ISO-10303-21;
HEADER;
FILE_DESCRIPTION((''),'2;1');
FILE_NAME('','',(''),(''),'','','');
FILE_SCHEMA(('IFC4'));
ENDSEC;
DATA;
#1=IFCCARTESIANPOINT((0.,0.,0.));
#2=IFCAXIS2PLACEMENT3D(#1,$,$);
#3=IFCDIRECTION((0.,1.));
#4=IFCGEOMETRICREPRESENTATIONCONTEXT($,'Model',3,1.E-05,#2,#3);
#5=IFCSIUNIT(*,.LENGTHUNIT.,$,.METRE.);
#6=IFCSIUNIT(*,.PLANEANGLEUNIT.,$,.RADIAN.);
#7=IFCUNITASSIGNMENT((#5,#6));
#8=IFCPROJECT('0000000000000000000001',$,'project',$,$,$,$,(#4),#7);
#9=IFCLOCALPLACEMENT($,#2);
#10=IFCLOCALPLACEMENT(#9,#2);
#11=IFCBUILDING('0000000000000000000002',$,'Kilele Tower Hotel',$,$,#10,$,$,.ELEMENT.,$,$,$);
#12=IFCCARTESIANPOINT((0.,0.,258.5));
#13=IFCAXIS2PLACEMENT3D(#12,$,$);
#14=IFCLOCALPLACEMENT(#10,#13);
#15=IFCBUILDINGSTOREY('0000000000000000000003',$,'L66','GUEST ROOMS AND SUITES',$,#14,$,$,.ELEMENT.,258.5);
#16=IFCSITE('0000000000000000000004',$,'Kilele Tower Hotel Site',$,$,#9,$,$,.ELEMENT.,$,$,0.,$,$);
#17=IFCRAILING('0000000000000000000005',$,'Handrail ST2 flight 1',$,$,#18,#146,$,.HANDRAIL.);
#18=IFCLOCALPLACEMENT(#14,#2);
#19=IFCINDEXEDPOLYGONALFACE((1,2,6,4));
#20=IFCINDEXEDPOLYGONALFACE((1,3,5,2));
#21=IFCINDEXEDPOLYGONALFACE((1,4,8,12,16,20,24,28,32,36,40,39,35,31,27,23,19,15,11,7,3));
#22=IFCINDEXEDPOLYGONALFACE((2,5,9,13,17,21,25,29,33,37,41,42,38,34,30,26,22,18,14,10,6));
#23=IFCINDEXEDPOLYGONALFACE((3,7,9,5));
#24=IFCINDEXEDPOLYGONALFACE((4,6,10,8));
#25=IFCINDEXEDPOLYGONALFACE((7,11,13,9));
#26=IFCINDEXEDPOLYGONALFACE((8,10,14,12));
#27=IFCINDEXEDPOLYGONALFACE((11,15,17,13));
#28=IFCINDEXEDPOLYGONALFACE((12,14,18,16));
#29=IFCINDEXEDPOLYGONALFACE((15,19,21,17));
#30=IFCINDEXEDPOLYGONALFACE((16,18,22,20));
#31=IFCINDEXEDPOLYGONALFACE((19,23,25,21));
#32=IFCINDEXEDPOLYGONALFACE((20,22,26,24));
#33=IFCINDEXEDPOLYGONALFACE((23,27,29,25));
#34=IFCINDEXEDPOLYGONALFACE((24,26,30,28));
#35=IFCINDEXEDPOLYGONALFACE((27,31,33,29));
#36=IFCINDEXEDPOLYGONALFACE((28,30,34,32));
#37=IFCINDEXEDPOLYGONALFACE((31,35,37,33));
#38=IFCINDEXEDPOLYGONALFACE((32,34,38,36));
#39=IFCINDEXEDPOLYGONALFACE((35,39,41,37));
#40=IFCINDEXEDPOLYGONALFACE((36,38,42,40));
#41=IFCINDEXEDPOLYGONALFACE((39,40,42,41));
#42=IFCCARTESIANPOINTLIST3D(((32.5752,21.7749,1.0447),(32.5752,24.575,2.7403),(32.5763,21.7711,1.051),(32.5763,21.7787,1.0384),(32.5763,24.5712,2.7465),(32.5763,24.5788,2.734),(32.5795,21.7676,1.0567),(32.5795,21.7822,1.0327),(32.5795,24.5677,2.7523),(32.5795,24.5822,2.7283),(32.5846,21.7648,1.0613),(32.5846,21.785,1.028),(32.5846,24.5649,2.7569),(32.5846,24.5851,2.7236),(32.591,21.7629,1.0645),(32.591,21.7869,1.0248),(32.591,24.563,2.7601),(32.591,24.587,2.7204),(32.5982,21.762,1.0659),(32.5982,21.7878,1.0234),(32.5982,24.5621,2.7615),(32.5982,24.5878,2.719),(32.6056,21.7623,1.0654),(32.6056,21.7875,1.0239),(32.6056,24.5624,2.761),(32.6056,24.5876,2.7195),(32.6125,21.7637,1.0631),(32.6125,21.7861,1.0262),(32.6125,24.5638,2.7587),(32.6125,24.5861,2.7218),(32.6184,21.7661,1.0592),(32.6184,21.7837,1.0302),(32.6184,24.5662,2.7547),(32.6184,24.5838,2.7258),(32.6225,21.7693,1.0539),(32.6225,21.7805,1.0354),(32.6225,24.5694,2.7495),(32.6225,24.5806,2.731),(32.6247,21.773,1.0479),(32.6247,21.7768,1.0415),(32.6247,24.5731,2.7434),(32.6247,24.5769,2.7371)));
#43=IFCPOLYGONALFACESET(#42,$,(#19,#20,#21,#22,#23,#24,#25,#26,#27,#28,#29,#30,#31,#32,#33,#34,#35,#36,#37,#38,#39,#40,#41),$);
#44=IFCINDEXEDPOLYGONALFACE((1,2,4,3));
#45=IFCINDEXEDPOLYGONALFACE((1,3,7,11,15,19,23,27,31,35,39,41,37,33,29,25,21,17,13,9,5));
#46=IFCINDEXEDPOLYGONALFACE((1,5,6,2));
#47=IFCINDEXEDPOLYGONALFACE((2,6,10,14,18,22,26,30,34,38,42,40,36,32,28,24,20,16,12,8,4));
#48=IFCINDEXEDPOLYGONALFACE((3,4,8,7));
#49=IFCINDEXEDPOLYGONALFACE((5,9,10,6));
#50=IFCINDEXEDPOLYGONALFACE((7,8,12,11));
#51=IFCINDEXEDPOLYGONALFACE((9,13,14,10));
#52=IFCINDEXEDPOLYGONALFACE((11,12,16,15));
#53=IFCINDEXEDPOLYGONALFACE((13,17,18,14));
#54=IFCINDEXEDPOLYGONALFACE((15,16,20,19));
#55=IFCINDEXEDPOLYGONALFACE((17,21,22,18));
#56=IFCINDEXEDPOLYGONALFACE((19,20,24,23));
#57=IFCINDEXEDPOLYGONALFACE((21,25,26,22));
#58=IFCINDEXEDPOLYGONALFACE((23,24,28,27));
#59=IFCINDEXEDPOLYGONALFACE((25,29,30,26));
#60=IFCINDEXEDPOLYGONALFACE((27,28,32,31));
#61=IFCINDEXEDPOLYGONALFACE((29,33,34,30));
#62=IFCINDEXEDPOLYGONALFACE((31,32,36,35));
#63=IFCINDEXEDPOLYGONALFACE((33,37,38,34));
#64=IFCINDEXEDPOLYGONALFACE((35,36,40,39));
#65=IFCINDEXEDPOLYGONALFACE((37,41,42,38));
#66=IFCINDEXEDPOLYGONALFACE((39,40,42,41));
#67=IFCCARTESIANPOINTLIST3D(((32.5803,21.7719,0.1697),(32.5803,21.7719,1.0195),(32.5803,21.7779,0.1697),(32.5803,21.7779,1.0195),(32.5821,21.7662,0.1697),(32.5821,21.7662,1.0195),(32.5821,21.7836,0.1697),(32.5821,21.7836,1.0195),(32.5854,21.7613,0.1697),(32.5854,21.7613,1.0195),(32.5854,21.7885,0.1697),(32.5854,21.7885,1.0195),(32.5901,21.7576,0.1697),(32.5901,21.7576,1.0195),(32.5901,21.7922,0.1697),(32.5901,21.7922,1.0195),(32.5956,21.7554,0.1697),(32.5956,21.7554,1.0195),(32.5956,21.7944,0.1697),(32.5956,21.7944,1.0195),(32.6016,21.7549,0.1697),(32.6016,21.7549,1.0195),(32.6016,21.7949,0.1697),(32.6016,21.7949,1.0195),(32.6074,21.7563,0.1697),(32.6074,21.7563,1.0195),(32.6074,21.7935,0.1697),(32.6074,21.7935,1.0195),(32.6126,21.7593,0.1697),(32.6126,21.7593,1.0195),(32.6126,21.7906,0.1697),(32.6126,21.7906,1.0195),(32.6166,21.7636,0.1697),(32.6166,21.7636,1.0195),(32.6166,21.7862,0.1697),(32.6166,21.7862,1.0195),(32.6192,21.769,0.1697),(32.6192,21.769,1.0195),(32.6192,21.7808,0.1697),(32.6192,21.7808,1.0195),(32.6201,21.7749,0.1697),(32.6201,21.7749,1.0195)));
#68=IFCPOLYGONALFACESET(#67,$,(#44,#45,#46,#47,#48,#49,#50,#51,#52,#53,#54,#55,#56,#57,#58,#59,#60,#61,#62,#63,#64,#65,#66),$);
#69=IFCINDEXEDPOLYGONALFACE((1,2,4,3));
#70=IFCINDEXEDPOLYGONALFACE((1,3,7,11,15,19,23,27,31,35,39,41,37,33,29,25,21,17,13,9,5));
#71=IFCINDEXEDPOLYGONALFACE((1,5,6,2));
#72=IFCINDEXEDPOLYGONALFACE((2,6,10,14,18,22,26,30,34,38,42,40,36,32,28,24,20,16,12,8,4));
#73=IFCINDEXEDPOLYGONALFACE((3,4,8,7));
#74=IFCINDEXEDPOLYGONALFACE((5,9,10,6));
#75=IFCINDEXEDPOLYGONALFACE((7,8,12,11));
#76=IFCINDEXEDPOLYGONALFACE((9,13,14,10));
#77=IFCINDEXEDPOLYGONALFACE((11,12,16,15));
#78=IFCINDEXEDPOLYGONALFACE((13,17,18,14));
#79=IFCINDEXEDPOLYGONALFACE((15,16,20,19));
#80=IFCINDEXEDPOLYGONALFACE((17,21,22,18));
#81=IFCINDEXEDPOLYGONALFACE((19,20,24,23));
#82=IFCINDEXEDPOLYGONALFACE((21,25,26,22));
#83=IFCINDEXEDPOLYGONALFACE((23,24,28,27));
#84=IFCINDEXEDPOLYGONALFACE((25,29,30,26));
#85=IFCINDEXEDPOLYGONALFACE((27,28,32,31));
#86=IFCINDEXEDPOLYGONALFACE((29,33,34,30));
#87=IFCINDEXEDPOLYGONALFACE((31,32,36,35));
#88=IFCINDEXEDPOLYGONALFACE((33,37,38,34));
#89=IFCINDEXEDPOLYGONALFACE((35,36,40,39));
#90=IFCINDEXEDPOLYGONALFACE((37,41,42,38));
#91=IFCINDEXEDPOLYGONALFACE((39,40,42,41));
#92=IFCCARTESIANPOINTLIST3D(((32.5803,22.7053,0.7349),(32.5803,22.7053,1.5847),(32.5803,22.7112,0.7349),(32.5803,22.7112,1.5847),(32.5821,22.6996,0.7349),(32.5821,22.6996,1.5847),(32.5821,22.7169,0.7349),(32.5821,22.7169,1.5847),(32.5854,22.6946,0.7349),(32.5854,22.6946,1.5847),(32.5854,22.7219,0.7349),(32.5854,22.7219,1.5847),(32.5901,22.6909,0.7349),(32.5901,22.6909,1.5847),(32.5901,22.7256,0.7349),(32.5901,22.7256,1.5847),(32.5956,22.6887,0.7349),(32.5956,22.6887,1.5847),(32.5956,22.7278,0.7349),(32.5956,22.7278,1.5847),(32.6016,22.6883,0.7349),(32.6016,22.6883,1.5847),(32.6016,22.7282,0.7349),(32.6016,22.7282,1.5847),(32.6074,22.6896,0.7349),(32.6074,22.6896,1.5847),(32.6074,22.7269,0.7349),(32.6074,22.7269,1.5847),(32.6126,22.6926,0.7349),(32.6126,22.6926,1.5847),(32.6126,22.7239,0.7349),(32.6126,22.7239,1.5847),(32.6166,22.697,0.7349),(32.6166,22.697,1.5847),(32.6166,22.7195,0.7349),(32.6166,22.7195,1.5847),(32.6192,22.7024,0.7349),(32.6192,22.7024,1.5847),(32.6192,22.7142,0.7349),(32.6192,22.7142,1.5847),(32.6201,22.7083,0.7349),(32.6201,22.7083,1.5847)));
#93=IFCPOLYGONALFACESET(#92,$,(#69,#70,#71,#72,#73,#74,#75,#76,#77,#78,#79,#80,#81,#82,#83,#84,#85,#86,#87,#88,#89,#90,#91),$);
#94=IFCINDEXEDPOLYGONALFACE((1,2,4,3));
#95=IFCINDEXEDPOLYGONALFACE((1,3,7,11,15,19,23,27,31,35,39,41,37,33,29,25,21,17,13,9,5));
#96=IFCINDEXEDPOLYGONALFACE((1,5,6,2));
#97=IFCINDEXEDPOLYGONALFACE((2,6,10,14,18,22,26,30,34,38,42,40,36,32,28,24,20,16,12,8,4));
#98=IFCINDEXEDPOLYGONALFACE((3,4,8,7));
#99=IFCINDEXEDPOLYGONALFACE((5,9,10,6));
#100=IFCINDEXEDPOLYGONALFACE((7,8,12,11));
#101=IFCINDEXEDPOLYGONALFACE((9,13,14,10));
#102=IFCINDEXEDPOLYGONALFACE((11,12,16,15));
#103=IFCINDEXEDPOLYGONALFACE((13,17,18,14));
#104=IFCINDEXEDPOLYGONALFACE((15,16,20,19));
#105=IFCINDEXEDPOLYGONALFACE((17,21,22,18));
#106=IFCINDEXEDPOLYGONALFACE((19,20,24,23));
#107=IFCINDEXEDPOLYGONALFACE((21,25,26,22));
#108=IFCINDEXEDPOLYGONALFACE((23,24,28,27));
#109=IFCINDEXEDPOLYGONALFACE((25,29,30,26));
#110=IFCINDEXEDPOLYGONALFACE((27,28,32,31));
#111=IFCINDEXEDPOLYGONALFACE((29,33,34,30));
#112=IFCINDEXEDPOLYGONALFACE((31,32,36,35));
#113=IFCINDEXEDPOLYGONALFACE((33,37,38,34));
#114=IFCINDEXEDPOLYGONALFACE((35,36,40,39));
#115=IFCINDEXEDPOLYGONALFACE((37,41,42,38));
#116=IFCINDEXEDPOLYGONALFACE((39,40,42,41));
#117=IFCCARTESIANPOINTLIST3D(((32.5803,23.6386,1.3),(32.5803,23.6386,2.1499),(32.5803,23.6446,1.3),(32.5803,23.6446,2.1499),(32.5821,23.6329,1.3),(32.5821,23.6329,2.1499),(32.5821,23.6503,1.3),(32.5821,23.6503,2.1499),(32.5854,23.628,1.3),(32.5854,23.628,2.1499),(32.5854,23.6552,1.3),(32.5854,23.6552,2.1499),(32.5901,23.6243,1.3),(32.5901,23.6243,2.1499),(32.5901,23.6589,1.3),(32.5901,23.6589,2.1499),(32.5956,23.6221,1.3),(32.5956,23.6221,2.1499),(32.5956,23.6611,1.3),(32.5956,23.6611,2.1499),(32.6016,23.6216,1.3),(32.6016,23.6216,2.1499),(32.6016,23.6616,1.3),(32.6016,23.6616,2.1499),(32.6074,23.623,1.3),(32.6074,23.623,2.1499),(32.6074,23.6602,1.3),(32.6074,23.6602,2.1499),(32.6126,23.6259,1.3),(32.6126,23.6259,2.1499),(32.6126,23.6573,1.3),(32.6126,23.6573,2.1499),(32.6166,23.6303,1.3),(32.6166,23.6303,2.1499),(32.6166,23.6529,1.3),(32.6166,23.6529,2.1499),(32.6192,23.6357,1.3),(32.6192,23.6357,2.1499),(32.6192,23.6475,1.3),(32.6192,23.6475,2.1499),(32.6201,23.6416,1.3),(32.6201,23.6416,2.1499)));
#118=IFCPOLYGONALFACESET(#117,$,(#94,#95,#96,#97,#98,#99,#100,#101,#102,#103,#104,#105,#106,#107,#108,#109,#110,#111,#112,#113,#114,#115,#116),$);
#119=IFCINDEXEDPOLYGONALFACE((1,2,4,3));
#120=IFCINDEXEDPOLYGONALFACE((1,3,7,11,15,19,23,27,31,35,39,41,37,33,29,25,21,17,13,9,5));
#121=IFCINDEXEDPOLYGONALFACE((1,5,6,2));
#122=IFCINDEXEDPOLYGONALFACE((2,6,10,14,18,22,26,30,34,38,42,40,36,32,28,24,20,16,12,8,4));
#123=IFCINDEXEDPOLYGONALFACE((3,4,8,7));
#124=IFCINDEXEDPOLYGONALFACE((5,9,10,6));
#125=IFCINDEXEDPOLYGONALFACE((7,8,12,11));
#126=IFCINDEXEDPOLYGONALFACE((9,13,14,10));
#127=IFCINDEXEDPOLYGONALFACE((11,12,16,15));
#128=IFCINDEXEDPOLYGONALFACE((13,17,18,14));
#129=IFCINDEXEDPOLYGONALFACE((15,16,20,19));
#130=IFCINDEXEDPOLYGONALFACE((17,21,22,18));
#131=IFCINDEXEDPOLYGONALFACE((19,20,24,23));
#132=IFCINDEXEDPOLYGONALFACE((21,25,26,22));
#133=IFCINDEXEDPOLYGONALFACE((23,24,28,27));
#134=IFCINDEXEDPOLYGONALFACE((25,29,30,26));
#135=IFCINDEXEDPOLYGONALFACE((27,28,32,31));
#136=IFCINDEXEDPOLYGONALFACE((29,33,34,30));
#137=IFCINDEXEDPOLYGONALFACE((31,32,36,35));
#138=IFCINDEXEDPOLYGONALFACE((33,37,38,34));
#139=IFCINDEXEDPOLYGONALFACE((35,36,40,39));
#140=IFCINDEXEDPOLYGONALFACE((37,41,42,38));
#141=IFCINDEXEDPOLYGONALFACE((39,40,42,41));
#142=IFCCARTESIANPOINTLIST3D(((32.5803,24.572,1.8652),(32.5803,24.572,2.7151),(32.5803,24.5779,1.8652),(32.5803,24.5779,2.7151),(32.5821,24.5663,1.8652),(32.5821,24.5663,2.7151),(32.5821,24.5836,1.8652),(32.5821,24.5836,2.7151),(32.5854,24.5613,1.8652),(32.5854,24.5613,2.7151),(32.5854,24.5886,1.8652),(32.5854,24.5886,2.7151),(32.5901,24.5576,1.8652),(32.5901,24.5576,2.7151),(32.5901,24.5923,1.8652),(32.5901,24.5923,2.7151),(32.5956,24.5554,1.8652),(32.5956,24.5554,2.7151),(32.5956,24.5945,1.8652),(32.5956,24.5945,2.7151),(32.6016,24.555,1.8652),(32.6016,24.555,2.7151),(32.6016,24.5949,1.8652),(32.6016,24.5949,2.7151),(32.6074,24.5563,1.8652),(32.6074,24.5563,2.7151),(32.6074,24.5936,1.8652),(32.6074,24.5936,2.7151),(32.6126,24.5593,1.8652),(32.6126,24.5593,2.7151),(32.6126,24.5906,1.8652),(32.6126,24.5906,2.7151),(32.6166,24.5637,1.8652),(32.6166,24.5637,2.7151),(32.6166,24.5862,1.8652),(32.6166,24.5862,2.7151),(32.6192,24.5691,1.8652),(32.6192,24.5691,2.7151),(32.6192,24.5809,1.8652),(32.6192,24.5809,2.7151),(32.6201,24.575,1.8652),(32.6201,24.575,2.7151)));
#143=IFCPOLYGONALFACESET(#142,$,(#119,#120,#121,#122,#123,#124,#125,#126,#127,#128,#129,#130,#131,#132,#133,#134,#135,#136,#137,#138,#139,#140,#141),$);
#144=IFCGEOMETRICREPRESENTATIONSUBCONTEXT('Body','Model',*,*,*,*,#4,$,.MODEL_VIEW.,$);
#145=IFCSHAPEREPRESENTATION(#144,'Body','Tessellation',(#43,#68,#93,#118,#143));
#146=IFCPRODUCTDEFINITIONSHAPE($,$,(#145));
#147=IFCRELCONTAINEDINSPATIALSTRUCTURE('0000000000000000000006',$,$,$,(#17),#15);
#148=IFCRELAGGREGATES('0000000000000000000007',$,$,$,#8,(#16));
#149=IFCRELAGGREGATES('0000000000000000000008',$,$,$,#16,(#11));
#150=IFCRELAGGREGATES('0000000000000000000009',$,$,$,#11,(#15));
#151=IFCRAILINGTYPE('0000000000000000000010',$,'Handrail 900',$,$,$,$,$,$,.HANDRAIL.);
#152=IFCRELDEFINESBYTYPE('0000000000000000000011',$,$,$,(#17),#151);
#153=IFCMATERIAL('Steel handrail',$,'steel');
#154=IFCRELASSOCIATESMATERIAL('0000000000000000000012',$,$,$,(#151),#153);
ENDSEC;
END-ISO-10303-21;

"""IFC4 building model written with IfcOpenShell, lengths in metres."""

from ifc_helpers import new_model, si_unit, direction, frame, origin, origin_2d, place, context, subcontext, project, spatial, circle, extrude, material, type_object, element, save


model = new_model("IFC4")

# Units and contexts
model_context = context("Model", 3, precision=1e-05, world=origin(), true_north=direction((0.0, 1.0)))
body_context = subcontext(model_context, "Body", "Model", "MODEL_VIEW")
ifc_project = project(units=[si_unit("LENGTHUNIT", "METRE"), si_unit("PLANEANGLEUNIT", "RADIAN")], contexts=[model_context])

# Site, building, storey
site_placement = place(None, origin())
site = spatial("IfcSite", under=ifc_project, at=site_placement, Name="Kilele Tower Hotel Site", CompositionType="ELEMENT", RefElevation=0.0)
building_placement = place(site_placement, origin())
building = spatial("IfcBuilding", under=site, at=building_placement, Name="Kilele Tower Hotel", CompositionType="ELEMENT")
storey_placement = place(building_placement, frame((0.0, 0.0, 258.5)))
storey = spatial("IfcBuildingStorey", under=building, at=storey_placement, Name="L66", Description="GUEST ROOMS AND SUITES", CompositionType="ELEMENT", Elevation=258.5)

# Railing
ifc_material_1 = material(Name="Steel handrail", Category="steel")
railing_type_1 = type_object("IfcRailingType", Name="Handrail 900", PredefinedType="HANDRAIL", material=ifc_material_1)
for number, where, name in (
    (1, (32.6001, 21.7749, 0.1697), "Handrail ST2 flight 1"),
):
    element("IfcRailing", number, at=place(storey_placement, frame(where)), inside=storey, type_object=railing_type_1, Name=name, PredefinedType="HANDRAIL", context=body_context, shape_type="SweptSolid", body=[
        extrude(circle(Radius=0.0249, at=origin_2d()), frame((0.0, 0.0, 0.875), z_axis=(0.0, 0.855393, 0.517979), x_axis=(-1.0, 0.0, 0.0)), (0.0, 0.0, 1.0), 3.2734),
        extrude(circle(Radius=0.02, at=origin_2d()), origin(), (0.0, 0.0, 1.0), 0.8499),
        extrude(circle(Radius=0.02, at=origin_2d()), frame((0.0, 0.9333, 0.5652)), (0.0, 0.0, 1.0), 0.8499),
        extrude(circle(Radius=0.02, at=origin_2d()), frame((0.0, 1.8667, 1.1304)), (0.0, 0.0, 1.0), 0.8499),
        extrude(circle(Radius=0.02, at=origin_2d()), frame((0.0, 2.8, 1.6956)), (0.0, 0.0, 1.0), 0.8499),
    ])

save(model, "model.ifc")
